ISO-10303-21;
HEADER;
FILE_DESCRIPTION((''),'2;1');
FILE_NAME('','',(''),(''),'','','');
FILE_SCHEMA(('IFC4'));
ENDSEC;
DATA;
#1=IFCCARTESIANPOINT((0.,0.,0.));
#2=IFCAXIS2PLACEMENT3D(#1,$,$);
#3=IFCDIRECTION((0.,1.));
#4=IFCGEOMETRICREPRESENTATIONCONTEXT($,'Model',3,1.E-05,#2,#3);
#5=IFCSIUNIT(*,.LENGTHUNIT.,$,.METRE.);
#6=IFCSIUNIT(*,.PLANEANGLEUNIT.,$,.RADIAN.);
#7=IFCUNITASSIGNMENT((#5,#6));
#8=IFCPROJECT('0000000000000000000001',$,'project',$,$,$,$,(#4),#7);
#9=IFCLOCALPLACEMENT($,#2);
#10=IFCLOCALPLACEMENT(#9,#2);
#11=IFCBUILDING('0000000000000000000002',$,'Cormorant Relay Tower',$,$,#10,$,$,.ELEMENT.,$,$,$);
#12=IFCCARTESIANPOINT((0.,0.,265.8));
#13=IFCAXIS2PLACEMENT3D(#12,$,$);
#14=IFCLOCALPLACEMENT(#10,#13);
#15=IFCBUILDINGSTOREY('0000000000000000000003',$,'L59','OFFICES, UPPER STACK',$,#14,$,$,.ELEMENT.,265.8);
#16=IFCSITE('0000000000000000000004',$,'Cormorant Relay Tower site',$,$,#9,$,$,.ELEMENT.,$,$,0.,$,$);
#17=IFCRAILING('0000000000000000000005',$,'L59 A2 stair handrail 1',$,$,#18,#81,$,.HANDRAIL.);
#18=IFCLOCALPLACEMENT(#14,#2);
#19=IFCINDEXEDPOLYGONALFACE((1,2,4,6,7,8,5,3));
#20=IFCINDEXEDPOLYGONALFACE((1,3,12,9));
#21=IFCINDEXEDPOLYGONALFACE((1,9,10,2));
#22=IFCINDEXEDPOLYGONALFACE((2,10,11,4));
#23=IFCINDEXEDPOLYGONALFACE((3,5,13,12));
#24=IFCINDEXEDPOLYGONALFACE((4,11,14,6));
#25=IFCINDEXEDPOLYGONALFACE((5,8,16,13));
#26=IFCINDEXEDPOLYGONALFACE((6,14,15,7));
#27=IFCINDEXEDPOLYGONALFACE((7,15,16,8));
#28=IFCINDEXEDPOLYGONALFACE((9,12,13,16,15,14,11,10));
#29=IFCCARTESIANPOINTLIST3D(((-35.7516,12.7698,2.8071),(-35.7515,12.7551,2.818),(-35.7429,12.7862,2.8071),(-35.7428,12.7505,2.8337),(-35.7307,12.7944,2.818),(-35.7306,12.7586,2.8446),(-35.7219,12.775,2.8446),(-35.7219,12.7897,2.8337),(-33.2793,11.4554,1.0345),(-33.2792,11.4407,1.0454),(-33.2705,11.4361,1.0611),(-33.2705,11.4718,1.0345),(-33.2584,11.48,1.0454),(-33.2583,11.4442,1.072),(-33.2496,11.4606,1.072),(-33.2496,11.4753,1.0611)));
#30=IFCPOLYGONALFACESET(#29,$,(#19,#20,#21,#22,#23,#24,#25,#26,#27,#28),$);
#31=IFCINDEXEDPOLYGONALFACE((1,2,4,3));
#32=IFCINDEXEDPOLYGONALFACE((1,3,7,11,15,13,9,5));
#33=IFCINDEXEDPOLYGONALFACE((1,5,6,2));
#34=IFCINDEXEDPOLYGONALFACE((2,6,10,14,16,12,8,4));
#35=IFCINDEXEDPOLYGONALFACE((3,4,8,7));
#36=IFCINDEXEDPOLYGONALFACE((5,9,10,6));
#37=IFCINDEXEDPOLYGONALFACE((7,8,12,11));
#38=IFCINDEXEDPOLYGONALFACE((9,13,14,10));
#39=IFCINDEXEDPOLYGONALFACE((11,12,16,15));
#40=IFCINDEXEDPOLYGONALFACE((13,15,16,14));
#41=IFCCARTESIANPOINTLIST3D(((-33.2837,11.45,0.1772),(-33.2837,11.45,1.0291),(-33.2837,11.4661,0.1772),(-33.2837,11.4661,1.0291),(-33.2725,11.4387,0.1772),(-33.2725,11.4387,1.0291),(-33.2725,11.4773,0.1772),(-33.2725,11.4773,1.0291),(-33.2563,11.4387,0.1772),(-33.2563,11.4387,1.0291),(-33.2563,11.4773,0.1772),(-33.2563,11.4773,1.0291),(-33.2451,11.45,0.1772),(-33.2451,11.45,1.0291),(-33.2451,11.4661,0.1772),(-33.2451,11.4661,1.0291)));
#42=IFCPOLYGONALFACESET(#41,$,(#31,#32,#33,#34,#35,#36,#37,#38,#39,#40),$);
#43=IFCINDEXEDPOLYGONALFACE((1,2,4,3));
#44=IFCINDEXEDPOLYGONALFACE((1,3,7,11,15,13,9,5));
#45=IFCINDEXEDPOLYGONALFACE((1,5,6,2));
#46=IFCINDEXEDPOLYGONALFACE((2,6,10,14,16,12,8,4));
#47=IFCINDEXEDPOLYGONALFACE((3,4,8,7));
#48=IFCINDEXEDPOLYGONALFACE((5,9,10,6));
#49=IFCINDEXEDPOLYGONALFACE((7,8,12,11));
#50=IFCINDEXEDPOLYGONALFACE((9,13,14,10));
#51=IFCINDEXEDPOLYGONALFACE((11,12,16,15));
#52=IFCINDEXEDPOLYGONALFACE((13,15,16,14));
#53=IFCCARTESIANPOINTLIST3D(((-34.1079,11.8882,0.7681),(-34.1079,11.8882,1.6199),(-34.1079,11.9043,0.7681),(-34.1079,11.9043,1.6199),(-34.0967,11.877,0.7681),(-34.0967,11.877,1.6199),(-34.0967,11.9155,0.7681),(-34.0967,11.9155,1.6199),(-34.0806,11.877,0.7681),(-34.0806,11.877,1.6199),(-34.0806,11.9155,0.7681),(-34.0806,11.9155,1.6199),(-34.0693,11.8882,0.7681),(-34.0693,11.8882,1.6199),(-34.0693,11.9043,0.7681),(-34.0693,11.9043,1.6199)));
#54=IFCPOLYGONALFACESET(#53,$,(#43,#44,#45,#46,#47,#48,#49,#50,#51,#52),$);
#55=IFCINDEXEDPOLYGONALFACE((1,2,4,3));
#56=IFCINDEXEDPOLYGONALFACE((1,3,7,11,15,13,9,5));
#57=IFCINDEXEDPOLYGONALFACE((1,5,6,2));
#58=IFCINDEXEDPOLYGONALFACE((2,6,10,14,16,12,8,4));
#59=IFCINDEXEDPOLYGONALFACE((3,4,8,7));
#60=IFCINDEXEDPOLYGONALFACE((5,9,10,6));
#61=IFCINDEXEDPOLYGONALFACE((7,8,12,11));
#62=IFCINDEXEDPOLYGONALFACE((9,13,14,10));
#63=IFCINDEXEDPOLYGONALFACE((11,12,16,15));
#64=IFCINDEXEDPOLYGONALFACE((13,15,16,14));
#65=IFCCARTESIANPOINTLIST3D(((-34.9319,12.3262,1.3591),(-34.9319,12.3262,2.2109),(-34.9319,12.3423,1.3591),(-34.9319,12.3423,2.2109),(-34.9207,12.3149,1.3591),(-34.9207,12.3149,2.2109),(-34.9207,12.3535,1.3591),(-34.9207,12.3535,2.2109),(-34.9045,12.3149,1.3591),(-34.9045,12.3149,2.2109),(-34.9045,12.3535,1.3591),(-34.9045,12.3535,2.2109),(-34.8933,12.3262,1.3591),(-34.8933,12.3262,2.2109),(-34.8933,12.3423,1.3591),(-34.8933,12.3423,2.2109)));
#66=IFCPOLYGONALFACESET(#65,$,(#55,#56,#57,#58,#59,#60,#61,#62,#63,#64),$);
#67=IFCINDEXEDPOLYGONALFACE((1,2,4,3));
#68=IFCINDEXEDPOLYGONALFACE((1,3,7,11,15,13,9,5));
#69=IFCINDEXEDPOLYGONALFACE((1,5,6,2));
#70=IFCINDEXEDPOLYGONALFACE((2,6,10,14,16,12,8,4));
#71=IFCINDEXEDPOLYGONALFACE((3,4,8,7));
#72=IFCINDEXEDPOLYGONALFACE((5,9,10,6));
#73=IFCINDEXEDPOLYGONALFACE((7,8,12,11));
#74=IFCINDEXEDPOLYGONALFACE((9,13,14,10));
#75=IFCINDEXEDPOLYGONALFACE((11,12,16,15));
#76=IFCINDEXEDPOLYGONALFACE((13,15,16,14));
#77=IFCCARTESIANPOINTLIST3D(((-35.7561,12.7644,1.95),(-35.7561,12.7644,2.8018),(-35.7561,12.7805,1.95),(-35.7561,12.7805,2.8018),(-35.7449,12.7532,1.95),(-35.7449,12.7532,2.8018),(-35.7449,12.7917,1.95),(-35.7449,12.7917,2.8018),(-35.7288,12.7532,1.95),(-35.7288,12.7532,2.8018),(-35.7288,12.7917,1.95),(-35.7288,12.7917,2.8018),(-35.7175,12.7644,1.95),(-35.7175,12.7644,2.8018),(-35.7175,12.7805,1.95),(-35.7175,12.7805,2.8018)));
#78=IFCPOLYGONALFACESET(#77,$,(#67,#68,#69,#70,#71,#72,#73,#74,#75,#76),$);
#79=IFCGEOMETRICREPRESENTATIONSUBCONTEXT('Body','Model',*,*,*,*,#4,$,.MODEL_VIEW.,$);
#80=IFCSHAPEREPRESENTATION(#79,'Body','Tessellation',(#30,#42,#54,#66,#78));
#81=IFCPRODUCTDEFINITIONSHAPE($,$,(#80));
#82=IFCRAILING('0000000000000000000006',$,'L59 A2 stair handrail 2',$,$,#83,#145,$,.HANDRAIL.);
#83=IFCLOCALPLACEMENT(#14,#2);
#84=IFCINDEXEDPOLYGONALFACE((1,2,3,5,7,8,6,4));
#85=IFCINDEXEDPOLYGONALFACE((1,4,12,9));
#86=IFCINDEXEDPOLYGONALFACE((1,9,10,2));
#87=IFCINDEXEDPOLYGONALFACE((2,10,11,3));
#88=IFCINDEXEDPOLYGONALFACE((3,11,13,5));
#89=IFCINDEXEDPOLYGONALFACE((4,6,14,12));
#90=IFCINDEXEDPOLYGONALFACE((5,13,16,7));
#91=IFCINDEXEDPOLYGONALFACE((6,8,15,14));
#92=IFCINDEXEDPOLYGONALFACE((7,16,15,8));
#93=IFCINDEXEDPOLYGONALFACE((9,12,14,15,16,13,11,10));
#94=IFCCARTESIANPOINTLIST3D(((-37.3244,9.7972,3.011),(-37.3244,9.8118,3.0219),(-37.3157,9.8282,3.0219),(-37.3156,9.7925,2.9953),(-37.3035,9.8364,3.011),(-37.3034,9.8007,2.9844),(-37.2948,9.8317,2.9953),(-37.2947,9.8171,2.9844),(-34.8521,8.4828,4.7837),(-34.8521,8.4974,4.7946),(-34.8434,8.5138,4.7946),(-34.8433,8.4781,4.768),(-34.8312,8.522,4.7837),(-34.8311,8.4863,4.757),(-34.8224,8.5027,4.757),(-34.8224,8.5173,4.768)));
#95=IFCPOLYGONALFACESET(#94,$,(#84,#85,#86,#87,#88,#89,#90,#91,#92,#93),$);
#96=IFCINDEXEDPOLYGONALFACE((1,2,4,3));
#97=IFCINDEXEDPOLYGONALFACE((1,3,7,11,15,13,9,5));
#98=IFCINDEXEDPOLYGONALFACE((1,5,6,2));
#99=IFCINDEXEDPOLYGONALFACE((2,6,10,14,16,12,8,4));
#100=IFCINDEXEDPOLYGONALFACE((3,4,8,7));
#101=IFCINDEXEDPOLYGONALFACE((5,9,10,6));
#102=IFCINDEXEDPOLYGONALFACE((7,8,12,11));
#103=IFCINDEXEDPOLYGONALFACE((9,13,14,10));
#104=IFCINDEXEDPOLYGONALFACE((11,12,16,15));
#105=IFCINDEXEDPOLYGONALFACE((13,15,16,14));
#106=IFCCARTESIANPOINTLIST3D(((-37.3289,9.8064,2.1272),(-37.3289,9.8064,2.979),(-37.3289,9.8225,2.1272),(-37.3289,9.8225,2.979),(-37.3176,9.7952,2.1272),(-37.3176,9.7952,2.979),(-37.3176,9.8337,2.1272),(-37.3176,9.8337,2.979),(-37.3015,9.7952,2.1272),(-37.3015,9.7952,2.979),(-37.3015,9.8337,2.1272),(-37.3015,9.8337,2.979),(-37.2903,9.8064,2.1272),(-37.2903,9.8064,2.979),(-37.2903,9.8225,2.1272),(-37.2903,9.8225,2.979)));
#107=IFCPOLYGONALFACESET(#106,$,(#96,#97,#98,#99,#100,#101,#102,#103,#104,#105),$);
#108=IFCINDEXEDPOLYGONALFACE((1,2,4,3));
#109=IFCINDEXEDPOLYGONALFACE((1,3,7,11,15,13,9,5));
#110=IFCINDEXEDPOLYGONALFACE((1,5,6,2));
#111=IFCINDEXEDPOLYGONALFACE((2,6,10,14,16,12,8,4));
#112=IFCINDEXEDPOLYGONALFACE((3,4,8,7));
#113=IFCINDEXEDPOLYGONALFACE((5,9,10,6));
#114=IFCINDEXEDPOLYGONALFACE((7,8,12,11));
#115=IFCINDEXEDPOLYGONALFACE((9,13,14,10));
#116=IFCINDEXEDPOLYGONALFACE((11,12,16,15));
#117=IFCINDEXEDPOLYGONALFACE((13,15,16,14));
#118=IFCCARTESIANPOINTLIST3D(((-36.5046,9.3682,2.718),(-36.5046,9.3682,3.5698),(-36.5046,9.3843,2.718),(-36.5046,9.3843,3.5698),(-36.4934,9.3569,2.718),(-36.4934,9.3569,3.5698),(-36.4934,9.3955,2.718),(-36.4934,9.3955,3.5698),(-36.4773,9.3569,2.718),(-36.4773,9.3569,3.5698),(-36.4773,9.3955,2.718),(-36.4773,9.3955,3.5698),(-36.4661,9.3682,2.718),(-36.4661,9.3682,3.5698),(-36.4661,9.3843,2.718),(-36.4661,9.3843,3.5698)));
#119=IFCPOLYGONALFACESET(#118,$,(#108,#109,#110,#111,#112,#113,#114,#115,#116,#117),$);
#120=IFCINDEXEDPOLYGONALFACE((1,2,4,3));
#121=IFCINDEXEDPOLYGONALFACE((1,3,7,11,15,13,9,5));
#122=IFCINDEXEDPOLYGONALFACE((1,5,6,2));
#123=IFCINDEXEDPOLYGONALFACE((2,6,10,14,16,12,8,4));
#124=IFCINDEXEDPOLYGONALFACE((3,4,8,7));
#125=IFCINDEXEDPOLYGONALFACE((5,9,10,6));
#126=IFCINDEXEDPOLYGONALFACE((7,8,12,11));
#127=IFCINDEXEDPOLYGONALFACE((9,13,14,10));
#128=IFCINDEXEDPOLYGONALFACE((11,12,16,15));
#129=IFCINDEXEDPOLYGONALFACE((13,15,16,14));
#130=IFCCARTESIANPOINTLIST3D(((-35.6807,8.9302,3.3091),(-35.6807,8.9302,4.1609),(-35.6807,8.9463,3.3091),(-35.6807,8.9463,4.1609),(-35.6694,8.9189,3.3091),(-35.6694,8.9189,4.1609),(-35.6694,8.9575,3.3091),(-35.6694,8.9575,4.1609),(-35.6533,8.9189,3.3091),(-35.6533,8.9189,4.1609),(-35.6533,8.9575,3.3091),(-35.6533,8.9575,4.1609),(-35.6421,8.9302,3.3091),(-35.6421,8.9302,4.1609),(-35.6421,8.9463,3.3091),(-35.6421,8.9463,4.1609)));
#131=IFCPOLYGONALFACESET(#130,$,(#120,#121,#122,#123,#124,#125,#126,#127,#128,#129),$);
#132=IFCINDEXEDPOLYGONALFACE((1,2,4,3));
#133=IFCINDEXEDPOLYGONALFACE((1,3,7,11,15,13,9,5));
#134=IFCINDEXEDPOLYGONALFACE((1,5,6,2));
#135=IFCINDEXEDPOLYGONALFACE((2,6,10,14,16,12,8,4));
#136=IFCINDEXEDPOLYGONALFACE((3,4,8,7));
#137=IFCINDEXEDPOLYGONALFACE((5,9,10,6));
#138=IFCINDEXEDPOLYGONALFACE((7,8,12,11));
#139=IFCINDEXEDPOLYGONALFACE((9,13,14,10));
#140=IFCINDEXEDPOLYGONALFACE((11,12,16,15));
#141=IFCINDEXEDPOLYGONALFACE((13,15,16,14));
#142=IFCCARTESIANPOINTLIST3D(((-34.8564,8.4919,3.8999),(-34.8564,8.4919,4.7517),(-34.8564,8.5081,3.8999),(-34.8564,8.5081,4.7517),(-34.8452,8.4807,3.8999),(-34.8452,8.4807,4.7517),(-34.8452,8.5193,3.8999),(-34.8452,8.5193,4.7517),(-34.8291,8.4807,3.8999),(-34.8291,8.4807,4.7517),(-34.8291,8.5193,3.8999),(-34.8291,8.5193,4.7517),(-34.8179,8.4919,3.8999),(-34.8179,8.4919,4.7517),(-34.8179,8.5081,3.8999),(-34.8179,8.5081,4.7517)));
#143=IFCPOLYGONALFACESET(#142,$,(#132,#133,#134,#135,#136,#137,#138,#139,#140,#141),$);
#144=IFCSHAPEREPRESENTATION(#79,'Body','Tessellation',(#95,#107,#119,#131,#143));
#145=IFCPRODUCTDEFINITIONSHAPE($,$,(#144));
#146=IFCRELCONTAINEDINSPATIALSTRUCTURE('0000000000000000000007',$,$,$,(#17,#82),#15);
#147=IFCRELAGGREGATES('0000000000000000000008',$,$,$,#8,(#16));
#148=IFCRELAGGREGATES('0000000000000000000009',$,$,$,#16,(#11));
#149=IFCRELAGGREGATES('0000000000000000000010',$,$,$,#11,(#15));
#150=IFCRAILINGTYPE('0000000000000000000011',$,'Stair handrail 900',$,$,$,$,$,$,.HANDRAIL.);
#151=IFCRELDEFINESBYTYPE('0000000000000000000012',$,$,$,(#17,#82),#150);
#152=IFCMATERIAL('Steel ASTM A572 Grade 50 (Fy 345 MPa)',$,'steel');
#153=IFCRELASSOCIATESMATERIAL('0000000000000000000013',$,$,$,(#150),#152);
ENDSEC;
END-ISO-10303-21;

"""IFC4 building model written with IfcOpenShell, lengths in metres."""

from ifc_helpers import new_model, si_unit, direction, frame, origin, place, context, subcontext, project, spatial, polyline, outline, extrude, material, type_object, element, save


model = new_model("IFC4")

# Units and contexts
model_context = context("Model", 3, precision=1e-05, world=origin(), true_north=direction((0.0, 1.0)))
body_context = subcontext(model_context, "Body", "Model", "MODEL_VIEW")
ifc_project = project(units=[si_unit("LENGTHUNIT", "METRE"), si_unit("PLANEANGLEUNIT", "RADIAN")], contexts=[model_context])

# Site, building, storey
site_placement = place(None, origin())
site = spatial("IfcSite", under=ifc_project, at=site_placement, Name="Cormorant Relay Tower site", CompositionType="ELEMENT", RefElevation=0.0)
building_placement = place(site_placement, origin())
building = spatial("IfcBuilding", under=site, at=building_placement, Name="Cormorant Relay Tower", CompositionType="ELEMENT")
storey_placement = place(building_placement, frame((0.0, 0.0, 265.8)))
storey = spatial("IfcBuildingStorey", under=building, at=storey_placement, Name="L59", Description="OFFICES, UPPER STACK", CompositionType="ELEMENT", Elevation=265.8)

# Railings
ifc_material_1 = material(Name="Steel ASTM A572 Grade 50 (Fy 345 MPa)", Category="steel")
railing_type_1 = type_object("IfcRailingType", Name="Stair handrail 900", PredefinedType="HANDRAIL", material=ifc_material_1)
railing_1_placement = place(storey_placement, frame((-33.2644, 11.458, 0.1772)))
element("IfcRailing", 1, at=railing_1_placement, inside=storey, type_object=railing_type_1, Name="L59 A2 stair handrail 1", PredefinedType="HANDRAIL", context=body_context, shape_type="SweptSolid", body=[
    extrude(outline(polyline([(0.0222, 0.0093), (0.0093, 0.0222), (-0.0093, 0.0222), (-0.0222, 0.0093), (-0.0222, -0.0093), (-0.0093, -0.0222), (0.0093, -0.0222), (0.0222, -0.0093), (0.0222, 0.0093)])), frame((0.0, 0.0, 0.876), z_axis=(-0.746034, 0.396627, 0.534902), x_axis=(-0.469429, -0.88297, 0.0)), (0.0, 0.0, 1.0), 3.314),
    extrude(outline(polyline([(0.0193, 0.0081), (0.0081, 0.0193), (-0.0081, 0.0193), (-0.0193, 0.0081), (-0.0193, -0.0081), (-0.0081, -0.0193), (0.0081, -0.0193), (0.0193, -0.0081), (0.0193, 0.0081)])), origin(), (0.0, 0.0, 1.0), 0.8518),
    extrude(outline(polyline([(0.0193, 0.0081), (0.0081, 0.0193), (-0.0081, 0.0193), (-0.0193, 0.0081), (-0.0193, -0.0081), (-0.0081, -0.0193), (0.0081, -0.0193), (0.0193, -0.0081), (0.0193, 0.0081)])), frame((-0.8242, 0.4382, 0.5908)), (0.0, 0.0, 1.0), 0.8518),
    extrude(outline(polyline([(0.0193, 0.0081), (0.0081, 0.0193), (-0.0081, 0.0193), (-0.0193, 0.0081), (-0.0193, -0.0081), (-0.0081, -0.0193), (0.0081, -0.0193), (0.0193, -0.0081), (0.0193, 0.0081)])), frame((-1.6482, 0.8762, 1.1819)), (0.0, 0.0, 1.0), 0.8518),
    extrude(outline(polyline([(0.0193, 0.0081), (0.0081, 0.0193), (-0.0081, 0.0193), (-0.0193, 0.0081), (-0.0193, -0.0081), (-0.0081, -0.0193), (0.0081, -0.0193), (0.0193, -0.0081), (0.0193, 0.0081)])), frame((-2.4724, 1.3145, 1.7727)), (0.0, 0.0, 1.0), 0.8518),
])
railing_2_placement = place(storey_placement, frame((-37.3096, 9.8145, 2.1272)))
element("IfcRailing", 2, at=railing_2_placement, inside=storey, type_object=railing_type_1, Name="L59 A2 stair handrail 2", PredefinedType="HANDRAIL", context=body_context, shape_type="SweptSolid", body=[
    extrude(outline(polyline([(0.0222, 0.0093), (0.0093, 0.0222), (-0.0093, 0.0222), (-0.0222, 0.0093), (-0.0222, -0.0093), (-0.0093, -0.0222), (0.0093, -0.0222), (0.0222, -0.0093), (0.0222, 0.0093)])), frame((0.0, 0.0, 0.876), z_axis=(0.746034, -0.396627, 0.534902), x_axis=(0.469429, 0.88297, 0.0)), (0.0, 0.0, 1.0), 3.314),
    extrude(outline(polyline([(0.0193, 0.0081), (0.0081, 0.0193), (-0.0081, 0.0193), (-0.0193, 0.0081), (-0.0193, -0.0081), (-0.0081, -0.0193), (0.0081, -0.0193), (0.0193, -0.0081), (0.0193, 0.0081)])), origin(), (0.0, 0.0, 1.0), 0.8518),
    extrude(outline(polyline([(0.0193, 0.0081), (0.0081, 0.0193), (-0.0081, 0.0193), (-0.0193, 0.0081), (-0.0193, -0.0081), (-0.0081, -0.0193), (0.0081, -0.0193), (0.0193, -0.0081), (0.0193, 0.0081)])), frame((0.8242, -0.4382, 0.5908)), (0.0, 0.0, 1.0), 0.8518),
    extrude(outline(polyline([(0.0193, 0.0081), (0.0081, 0.0193), (-0.0081, 0.0193), (-0.0193, 0.0081), (-0.0193, -0.0081), (-0.0081, -0.0193), (0.0081, -0.0193), (0.0193, -0.0081), (0.0193, 0.0081)])), frame((1.6482, -0.8762, 1.1819)), (0.0, 0.0, 1.0), 0.8518),
    extrude(outline(polyline([(0.0193, 0.0081), (0.0081, 0.0193), (-0.0081, 0.0193), (-0.0193, 0.0081), (-0.0193, -0.0081), (-0.0081, -0.0193), (0.0081, -0.0193), (0.0193, -0.0081), (0.0193, 0.0081)])), frame((2.4724, -1.3145, 1.7727)), (0.0, 0.0, 1.0), 0.8518),
])

save(model, "model.ifc")
